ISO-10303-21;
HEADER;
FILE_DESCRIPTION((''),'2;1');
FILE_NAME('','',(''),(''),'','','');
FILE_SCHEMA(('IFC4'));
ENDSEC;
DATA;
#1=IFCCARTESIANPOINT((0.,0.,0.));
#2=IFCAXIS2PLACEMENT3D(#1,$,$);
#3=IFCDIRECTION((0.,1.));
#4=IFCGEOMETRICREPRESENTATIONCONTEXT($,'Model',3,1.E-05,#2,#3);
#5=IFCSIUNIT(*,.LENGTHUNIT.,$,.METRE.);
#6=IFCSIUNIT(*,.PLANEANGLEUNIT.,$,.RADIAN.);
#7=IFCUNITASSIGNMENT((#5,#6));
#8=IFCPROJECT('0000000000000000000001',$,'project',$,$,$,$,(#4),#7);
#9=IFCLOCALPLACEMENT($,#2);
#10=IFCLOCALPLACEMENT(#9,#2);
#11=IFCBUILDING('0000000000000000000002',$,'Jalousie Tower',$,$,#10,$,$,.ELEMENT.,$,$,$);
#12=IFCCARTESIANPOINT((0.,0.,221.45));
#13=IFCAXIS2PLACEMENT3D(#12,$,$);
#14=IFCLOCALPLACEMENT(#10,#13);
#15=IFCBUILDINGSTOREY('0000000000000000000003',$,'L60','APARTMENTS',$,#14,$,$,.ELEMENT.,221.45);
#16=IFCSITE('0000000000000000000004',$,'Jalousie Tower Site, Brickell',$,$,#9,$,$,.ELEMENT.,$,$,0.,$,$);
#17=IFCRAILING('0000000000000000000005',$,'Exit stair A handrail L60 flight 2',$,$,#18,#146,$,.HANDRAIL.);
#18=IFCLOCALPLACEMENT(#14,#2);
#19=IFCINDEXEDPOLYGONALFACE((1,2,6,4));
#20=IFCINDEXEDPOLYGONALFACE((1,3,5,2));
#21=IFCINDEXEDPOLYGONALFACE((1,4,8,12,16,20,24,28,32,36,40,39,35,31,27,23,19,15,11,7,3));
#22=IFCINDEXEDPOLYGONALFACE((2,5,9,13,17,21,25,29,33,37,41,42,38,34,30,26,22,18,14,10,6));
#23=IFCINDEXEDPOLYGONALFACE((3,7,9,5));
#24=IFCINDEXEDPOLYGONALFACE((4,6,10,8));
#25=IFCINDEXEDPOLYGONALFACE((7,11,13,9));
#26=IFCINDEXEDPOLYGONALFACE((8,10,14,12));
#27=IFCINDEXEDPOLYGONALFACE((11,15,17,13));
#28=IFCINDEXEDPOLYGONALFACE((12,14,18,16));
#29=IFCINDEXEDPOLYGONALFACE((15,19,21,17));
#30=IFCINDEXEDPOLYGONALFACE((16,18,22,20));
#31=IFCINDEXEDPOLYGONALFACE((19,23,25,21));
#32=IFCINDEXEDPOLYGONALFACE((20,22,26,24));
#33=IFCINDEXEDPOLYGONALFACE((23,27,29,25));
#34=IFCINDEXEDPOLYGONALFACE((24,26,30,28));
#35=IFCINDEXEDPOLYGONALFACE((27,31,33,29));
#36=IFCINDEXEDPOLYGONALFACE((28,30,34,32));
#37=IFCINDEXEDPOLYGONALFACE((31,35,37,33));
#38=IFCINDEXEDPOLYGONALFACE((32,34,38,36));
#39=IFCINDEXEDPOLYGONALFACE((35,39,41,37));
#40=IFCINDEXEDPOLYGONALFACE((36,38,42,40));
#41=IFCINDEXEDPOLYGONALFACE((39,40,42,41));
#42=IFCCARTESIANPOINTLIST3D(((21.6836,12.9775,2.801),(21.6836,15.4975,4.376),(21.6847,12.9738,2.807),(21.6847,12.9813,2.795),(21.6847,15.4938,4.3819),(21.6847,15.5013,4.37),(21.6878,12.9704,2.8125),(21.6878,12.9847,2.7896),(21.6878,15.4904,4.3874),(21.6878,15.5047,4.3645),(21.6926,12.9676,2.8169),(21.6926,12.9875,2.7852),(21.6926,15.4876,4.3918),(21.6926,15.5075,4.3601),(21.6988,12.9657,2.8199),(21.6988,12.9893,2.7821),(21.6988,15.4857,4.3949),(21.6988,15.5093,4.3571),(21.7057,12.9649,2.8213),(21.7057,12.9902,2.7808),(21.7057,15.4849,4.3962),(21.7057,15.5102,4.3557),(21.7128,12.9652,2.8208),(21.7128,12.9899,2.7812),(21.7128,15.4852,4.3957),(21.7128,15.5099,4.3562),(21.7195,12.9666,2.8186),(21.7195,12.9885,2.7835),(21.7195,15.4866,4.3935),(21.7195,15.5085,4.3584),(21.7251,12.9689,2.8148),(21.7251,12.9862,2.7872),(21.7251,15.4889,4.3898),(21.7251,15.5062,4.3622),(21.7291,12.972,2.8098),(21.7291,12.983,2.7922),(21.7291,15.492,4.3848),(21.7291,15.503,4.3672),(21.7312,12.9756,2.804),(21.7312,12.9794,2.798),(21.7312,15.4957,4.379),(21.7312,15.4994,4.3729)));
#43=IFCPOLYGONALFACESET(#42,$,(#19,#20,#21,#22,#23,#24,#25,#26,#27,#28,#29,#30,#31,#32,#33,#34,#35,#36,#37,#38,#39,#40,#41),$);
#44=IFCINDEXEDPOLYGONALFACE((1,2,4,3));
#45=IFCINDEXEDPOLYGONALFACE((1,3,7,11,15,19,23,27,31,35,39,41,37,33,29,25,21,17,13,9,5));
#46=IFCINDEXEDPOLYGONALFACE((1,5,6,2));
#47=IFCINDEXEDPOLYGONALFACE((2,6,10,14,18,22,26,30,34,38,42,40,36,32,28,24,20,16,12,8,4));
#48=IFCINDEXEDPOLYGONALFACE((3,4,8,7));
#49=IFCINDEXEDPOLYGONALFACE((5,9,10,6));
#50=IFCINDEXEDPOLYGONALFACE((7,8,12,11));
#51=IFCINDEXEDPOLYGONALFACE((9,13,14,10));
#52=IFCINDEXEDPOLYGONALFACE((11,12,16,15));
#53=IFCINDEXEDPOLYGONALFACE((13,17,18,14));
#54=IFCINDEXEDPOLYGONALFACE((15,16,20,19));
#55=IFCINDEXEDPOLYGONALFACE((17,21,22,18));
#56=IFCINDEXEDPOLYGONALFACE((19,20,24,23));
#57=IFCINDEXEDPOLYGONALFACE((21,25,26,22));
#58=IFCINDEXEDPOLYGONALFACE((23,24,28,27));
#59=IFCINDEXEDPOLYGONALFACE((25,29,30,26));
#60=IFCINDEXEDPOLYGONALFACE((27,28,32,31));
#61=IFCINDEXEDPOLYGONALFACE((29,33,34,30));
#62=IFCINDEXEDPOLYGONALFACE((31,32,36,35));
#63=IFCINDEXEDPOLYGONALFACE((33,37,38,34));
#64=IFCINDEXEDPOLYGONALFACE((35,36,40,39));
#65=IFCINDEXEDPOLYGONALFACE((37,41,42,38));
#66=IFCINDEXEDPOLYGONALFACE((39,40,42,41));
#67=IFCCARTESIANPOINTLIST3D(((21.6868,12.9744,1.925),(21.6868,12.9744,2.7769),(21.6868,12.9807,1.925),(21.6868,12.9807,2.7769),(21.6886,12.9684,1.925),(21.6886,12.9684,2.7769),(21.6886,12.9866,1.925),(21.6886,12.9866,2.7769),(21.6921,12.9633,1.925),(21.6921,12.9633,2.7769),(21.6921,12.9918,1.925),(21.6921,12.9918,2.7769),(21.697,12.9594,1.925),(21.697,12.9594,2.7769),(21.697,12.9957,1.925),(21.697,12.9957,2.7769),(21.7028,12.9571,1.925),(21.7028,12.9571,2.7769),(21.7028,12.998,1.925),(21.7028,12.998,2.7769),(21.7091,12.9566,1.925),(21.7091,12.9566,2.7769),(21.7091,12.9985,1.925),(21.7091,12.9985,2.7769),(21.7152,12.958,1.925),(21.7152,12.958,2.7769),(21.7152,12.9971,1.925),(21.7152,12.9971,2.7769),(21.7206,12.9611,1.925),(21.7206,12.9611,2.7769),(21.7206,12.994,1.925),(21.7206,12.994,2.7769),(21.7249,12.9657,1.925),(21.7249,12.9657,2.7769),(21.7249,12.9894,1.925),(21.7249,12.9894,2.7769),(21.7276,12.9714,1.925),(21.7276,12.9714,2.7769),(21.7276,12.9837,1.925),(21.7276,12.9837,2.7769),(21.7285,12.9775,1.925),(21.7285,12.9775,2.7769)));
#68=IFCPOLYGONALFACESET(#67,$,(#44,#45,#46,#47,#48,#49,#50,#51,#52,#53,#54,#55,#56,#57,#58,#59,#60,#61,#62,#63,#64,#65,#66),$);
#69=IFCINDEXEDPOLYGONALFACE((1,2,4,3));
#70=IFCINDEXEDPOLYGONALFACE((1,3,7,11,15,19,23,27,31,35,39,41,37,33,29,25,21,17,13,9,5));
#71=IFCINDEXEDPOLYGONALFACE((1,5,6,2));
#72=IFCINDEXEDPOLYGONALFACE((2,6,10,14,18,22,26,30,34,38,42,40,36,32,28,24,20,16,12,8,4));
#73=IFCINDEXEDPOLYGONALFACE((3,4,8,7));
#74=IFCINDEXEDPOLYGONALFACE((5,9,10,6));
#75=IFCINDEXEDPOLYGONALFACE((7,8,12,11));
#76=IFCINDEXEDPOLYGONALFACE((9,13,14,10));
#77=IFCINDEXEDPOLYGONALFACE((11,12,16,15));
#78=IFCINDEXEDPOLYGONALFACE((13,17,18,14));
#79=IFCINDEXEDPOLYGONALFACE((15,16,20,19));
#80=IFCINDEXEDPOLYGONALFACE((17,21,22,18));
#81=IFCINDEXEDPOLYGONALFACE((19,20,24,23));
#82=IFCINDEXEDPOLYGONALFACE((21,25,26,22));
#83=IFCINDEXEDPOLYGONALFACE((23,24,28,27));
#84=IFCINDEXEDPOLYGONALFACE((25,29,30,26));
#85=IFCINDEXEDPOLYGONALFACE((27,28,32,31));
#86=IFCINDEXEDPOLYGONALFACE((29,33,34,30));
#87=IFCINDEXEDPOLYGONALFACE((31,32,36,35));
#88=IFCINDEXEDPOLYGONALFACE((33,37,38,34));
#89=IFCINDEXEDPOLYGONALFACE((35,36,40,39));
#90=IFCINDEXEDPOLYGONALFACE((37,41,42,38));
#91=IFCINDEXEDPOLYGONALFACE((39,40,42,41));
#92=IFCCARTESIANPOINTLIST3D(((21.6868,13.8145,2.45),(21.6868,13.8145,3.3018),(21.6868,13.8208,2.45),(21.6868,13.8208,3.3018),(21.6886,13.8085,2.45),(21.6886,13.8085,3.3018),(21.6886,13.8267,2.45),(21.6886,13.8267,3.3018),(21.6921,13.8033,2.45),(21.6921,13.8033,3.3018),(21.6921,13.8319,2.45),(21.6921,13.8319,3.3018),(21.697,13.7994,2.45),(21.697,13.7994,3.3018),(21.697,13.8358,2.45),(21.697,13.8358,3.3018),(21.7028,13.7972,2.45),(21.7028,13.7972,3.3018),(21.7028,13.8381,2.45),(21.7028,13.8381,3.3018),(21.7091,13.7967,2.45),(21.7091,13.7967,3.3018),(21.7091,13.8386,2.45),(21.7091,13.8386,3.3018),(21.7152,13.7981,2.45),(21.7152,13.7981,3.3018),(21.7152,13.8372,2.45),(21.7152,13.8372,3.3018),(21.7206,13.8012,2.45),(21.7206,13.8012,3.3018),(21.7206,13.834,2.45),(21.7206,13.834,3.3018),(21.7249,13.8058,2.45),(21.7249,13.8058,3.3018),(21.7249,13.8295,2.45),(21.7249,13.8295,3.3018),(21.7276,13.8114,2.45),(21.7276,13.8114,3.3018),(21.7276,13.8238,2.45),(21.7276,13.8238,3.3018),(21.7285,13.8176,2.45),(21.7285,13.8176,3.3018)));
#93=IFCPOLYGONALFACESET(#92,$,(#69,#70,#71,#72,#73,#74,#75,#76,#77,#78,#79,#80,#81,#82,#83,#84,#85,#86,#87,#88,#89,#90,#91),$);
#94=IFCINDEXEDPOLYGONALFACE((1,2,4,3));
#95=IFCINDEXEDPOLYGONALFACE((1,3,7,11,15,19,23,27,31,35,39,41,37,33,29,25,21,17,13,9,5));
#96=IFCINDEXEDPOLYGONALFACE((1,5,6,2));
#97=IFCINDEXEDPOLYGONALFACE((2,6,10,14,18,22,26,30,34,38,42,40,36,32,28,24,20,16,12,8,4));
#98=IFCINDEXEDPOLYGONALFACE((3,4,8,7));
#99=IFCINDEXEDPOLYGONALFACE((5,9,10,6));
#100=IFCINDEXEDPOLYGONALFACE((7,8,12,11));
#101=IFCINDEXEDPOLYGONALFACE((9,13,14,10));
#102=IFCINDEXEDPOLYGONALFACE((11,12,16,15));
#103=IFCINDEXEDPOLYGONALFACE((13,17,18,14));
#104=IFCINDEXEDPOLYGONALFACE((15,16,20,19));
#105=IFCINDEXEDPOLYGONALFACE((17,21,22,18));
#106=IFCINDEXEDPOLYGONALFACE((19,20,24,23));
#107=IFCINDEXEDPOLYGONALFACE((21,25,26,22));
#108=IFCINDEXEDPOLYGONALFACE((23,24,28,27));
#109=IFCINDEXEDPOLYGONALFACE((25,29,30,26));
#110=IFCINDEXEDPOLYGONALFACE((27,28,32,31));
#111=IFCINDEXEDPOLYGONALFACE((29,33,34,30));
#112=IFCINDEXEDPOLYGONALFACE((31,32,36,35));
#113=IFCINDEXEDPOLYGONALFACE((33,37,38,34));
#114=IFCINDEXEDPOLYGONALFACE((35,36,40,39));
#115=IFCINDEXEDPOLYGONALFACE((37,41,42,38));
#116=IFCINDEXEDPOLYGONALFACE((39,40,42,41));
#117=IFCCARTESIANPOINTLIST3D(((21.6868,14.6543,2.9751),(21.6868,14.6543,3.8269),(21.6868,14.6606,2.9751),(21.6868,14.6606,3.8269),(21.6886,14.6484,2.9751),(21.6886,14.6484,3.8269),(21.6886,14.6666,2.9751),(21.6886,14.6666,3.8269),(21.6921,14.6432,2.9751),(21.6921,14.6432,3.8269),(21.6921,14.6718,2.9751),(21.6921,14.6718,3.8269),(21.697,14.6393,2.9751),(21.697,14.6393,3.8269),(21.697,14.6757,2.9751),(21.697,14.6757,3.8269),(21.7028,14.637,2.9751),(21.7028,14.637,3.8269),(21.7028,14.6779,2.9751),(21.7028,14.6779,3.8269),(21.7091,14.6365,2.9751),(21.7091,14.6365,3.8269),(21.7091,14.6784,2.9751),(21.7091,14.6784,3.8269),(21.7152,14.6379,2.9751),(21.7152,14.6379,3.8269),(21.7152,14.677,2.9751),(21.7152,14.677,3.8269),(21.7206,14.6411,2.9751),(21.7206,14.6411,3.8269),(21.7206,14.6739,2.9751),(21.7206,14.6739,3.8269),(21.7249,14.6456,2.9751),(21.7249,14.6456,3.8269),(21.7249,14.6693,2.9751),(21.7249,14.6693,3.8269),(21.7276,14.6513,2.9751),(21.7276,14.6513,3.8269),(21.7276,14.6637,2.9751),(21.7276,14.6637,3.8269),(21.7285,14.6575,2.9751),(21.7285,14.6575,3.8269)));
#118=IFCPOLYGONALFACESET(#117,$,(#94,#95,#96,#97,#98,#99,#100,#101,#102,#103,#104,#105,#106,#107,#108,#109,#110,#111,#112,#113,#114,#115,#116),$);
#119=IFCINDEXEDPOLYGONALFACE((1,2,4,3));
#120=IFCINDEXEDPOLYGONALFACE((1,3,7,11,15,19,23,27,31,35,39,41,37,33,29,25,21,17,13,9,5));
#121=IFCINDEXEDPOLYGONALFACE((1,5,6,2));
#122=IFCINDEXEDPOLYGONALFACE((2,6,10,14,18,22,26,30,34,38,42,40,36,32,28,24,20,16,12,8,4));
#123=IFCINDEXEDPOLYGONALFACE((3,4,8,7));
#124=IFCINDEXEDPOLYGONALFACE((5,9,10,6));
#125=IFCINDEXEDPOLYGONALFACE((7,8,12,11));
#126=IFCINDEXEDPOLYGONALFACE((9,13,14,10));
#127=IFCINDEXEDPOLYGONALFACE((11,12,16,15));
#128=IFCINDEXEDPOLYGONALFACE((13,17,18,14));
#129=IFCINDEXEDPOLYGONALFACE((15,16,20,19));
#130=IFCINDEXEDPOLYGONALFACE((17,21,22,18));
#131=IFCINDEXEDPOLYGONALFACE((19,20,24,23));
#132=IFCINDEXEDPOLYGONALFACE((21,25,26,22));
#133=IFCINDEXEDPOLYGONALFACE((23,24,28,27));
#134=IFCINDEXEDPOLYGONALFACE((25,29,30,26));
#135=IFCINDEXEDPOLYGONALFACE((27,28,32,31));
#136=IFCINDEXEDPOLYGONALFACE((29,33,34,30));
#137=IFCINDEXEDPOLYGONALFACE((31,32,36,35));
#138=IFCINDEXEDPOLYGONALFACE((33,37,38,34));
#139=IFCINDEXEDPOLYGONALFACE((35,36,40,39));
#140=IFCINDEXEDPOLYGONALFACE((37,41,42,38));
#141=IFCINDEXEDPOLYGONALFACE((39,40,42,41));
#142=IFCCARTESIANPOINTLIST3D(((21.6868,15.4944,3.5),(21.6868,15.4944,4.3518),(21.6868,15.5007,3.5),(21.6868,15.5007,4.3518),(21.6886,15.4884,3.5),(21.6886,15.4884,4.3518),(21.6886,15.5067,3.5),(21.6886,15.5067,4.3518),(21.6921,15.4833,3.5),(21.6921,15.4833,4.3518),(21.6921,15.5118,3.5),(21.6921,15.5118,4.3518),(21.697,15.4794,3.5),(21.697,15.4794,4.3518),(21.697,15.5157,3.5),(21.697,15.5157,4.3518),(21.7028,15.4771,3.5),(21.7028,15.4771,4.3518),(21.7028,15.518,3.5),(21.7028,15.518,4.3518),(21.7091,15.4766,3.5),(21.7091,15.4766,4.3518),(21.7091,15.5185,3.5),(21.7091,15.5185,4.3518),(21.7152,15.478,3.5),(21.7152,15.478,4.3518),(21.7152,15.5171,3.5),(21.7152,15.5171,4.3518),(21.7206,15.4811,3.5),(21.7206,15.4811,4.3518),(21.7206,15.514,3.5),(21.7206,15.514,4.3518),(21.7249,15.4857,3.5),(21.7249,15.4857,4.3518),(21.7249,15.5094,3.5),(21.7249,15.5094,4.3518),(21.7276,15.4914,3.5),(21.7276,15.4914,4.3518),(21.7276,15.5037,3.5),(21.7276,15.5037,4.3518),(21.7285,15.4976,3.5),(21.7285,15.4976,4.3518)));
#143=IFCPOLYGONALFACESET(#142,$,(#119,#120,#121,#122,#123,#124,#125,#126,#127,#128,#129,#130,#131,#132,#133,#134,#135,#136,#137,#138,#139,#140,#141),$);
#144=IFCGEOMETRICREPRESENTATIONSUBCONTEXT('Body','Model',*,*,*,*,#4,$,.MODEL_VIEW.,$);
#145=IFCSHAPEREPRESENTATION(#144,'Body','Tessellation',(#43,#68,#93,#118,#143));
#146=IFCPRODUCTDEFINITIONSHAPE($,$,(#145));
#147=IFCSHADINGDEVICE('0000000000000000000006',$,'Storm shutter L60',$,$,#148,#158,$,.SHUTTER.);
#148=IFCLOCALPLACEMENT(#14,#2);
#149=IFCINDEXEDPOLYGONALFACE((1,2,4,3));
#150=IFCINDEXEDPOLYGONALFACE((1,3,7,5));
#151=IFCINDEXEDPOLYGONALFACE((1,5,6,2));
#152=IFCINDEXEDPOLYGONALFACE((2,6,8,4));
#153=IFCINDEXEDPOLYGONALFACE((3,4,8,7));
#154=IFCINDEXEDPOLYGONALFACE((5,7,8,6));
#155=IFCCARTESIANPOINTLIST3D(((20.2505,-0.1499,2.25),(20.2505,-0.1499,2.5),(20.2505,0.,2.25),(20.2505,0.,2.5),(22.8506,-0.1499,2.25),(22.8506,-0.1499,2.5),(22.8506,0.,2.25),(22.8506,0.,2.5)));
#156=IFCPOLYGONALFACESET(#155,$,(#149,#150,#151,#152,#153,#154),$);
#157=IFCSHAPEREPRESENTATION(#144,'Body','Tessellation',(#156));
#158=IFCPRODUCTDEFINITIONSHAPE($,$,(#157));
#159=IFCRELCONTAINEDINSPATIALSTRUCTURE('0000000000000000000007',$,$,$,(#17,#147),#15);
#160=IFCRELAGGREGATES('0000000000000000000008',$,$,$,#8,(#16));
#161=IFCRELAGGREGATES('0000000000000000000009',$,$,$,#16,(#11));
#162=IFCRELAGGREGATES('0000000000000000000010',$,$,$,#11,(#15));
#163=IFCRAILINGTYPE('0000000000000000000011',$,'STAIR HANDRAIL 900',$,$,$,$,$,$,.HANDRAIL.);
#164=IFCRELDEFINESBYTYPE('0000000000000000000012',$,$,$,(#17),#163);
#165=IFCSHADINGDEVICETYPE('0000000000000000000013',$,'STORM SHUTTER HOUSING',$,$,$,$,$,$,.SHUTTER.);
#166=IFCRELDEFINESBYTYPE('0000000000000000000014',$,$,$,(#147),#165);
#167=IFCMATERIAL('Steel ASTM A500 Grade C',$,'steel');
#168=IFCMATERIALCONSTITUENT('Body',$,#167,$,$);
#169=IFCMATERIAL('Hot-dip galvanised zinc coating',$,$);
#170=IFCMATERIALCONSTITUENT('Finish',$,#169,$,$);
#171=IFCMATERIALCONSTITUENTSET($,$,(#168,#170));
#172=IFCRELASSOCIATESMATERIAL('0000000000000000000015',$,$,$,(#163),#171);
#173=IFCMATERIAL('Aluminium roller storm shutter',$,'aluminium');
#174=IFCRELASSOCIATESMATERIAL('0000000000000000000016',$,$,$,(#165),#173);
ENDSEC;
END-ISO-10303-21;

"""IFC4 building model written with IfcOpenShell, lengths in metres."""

from ifc_helpers import new_model, si_unit, direction, frame, origin, origin_2d, place, context, subcontext, project, spatial, rectangle, circle, extrude, material, constituent, constituent_set, type_object, element, save


model = new_model("IFC4")

# Units and contexts
model_context = context("Model", 3, precision=1e-05, world=origin(), true_north=direction((0.0, 1.0)))
body_context = subcontext(model_context, "Body", "Model", "MODEL_VIEW")
ifc_project = project(units=[si_unit("LENGTHUNIT", "METRE"), si_unit("PLANEANGLEUNIT", "RADIAN")], contexts=[model_context])

# Site, building, storey
site_placement = place(None, origin())
site = spatial("IfcSite", under=ifc_project, at=site_placement, Name="Jalousie Tower Site, Brickell", CompositionType="ELEMENT", RefElevation=0.0)
building_placement = place(site_placement, origin())
building = spatial("IfcBuilding", under=site, at=building_placement, Name="Jalousie Tower", CompositionType="ELEMENT")
storey_placement = place(building_placement, frame((0.0, 0.0, 221.45)))
storey = spatial("IfcBuildingStorey", under=building, at=storey_placement, Name="L60", Description="APARTMENTS", CompositionType="ELEMENT", Elevation=221.45)

# Railing
ifc_material_1 = material(Name="Steel ASTM A500 Grade C", Category="steel")
ifc_constituent_1 = constituent(ifc_material_1, Name="Body")
ifc_material_2 = material(Name="Hot-dip galvanised zinc coating")
ifc_constituent_2 = constituent(ifc_material_2, Name="Finish")
ifc_constituent_set_1 = constituent_set(constituents=[ifc_constituent_1, ifc_constituent_2])
railing_type_1 = type_object("IfcRailingType", Name="STAIR HANDRAIL 900", PredefinedType="HANDRAIL", material=ifc_constituent_set_1)
railing_1_placement = place(storey_placement, frame((21.7075, 12.9775, 1.925)))
element("IfcRailing", 1, at=railing_1_placement, inside=storey, type_object=railing_type_1, Name="Exit stair A handrail L60 flight 2", PredefinedType="HANDRAIL", context=body_context, shape_type="SweptSolid", body=[
    extrude(circle(Radius=0.0239, at=origin_2d()), frame((0.0, 0.0, 0.876), z_axis=(0.0, 0.848008, 0.529984), x_axis=(-1.0, 0.0, 0.0)), (0.0, 0.0, 1.0), 2.9717),
    extrude(circle(Radius=0.021, at=origin_2d()), origin(), (0.0, 0.0, 1.0), 0.8518),
    extrude(circle(Radius=0.021, at=origin_2d()), frame((0.0, 0.8401, 0.5249)), (0.0, 0.0, 1.0), 0.8518),
    extrude(circle(Radius=0.021, at=origin_2d()), frame((0.0, 1.6799, 1.05)), (0.0, 0.0, 1.0), 0.8518),
    extrude(circle(Radius=0.021, at=origin_2d()), frame((0.0, 2.52, 1.575)), (0.0, 0.0, 1.0), 0.8518),
])

# Shading device
ifc_material_3 = material(Name="Aluminium roller storm shutter", Category="aluminium")
shading_device_type = type_object("IfcShadingDeviceType", Name="STORM SHUTTER HOUSING", PredefinedType="SHUTTER", material=ifc_material_3)
shading_device_placement = place(storey_placement, frame((21.5505, -0.075, 2.25), z_axis=(0.0, 0.0, 1.0), x_axis=(1.0, 0.0, 0.0)))
element("IfcShadingDevice", 2, at=shading_device_placement, inside=storey, type_object=shading_device_type, Name="Storm shutter L60", PredefinedType="SHUTTER", context=body_context, shape_type="SweptSolid", body=[
    extrude(rectangle(XDim=2.6001, YDim=0.1499, at=origin_2d()), origin(), (0.0, 0.0, 1.0), 0.25),
])

save(model, "model.ifc")
